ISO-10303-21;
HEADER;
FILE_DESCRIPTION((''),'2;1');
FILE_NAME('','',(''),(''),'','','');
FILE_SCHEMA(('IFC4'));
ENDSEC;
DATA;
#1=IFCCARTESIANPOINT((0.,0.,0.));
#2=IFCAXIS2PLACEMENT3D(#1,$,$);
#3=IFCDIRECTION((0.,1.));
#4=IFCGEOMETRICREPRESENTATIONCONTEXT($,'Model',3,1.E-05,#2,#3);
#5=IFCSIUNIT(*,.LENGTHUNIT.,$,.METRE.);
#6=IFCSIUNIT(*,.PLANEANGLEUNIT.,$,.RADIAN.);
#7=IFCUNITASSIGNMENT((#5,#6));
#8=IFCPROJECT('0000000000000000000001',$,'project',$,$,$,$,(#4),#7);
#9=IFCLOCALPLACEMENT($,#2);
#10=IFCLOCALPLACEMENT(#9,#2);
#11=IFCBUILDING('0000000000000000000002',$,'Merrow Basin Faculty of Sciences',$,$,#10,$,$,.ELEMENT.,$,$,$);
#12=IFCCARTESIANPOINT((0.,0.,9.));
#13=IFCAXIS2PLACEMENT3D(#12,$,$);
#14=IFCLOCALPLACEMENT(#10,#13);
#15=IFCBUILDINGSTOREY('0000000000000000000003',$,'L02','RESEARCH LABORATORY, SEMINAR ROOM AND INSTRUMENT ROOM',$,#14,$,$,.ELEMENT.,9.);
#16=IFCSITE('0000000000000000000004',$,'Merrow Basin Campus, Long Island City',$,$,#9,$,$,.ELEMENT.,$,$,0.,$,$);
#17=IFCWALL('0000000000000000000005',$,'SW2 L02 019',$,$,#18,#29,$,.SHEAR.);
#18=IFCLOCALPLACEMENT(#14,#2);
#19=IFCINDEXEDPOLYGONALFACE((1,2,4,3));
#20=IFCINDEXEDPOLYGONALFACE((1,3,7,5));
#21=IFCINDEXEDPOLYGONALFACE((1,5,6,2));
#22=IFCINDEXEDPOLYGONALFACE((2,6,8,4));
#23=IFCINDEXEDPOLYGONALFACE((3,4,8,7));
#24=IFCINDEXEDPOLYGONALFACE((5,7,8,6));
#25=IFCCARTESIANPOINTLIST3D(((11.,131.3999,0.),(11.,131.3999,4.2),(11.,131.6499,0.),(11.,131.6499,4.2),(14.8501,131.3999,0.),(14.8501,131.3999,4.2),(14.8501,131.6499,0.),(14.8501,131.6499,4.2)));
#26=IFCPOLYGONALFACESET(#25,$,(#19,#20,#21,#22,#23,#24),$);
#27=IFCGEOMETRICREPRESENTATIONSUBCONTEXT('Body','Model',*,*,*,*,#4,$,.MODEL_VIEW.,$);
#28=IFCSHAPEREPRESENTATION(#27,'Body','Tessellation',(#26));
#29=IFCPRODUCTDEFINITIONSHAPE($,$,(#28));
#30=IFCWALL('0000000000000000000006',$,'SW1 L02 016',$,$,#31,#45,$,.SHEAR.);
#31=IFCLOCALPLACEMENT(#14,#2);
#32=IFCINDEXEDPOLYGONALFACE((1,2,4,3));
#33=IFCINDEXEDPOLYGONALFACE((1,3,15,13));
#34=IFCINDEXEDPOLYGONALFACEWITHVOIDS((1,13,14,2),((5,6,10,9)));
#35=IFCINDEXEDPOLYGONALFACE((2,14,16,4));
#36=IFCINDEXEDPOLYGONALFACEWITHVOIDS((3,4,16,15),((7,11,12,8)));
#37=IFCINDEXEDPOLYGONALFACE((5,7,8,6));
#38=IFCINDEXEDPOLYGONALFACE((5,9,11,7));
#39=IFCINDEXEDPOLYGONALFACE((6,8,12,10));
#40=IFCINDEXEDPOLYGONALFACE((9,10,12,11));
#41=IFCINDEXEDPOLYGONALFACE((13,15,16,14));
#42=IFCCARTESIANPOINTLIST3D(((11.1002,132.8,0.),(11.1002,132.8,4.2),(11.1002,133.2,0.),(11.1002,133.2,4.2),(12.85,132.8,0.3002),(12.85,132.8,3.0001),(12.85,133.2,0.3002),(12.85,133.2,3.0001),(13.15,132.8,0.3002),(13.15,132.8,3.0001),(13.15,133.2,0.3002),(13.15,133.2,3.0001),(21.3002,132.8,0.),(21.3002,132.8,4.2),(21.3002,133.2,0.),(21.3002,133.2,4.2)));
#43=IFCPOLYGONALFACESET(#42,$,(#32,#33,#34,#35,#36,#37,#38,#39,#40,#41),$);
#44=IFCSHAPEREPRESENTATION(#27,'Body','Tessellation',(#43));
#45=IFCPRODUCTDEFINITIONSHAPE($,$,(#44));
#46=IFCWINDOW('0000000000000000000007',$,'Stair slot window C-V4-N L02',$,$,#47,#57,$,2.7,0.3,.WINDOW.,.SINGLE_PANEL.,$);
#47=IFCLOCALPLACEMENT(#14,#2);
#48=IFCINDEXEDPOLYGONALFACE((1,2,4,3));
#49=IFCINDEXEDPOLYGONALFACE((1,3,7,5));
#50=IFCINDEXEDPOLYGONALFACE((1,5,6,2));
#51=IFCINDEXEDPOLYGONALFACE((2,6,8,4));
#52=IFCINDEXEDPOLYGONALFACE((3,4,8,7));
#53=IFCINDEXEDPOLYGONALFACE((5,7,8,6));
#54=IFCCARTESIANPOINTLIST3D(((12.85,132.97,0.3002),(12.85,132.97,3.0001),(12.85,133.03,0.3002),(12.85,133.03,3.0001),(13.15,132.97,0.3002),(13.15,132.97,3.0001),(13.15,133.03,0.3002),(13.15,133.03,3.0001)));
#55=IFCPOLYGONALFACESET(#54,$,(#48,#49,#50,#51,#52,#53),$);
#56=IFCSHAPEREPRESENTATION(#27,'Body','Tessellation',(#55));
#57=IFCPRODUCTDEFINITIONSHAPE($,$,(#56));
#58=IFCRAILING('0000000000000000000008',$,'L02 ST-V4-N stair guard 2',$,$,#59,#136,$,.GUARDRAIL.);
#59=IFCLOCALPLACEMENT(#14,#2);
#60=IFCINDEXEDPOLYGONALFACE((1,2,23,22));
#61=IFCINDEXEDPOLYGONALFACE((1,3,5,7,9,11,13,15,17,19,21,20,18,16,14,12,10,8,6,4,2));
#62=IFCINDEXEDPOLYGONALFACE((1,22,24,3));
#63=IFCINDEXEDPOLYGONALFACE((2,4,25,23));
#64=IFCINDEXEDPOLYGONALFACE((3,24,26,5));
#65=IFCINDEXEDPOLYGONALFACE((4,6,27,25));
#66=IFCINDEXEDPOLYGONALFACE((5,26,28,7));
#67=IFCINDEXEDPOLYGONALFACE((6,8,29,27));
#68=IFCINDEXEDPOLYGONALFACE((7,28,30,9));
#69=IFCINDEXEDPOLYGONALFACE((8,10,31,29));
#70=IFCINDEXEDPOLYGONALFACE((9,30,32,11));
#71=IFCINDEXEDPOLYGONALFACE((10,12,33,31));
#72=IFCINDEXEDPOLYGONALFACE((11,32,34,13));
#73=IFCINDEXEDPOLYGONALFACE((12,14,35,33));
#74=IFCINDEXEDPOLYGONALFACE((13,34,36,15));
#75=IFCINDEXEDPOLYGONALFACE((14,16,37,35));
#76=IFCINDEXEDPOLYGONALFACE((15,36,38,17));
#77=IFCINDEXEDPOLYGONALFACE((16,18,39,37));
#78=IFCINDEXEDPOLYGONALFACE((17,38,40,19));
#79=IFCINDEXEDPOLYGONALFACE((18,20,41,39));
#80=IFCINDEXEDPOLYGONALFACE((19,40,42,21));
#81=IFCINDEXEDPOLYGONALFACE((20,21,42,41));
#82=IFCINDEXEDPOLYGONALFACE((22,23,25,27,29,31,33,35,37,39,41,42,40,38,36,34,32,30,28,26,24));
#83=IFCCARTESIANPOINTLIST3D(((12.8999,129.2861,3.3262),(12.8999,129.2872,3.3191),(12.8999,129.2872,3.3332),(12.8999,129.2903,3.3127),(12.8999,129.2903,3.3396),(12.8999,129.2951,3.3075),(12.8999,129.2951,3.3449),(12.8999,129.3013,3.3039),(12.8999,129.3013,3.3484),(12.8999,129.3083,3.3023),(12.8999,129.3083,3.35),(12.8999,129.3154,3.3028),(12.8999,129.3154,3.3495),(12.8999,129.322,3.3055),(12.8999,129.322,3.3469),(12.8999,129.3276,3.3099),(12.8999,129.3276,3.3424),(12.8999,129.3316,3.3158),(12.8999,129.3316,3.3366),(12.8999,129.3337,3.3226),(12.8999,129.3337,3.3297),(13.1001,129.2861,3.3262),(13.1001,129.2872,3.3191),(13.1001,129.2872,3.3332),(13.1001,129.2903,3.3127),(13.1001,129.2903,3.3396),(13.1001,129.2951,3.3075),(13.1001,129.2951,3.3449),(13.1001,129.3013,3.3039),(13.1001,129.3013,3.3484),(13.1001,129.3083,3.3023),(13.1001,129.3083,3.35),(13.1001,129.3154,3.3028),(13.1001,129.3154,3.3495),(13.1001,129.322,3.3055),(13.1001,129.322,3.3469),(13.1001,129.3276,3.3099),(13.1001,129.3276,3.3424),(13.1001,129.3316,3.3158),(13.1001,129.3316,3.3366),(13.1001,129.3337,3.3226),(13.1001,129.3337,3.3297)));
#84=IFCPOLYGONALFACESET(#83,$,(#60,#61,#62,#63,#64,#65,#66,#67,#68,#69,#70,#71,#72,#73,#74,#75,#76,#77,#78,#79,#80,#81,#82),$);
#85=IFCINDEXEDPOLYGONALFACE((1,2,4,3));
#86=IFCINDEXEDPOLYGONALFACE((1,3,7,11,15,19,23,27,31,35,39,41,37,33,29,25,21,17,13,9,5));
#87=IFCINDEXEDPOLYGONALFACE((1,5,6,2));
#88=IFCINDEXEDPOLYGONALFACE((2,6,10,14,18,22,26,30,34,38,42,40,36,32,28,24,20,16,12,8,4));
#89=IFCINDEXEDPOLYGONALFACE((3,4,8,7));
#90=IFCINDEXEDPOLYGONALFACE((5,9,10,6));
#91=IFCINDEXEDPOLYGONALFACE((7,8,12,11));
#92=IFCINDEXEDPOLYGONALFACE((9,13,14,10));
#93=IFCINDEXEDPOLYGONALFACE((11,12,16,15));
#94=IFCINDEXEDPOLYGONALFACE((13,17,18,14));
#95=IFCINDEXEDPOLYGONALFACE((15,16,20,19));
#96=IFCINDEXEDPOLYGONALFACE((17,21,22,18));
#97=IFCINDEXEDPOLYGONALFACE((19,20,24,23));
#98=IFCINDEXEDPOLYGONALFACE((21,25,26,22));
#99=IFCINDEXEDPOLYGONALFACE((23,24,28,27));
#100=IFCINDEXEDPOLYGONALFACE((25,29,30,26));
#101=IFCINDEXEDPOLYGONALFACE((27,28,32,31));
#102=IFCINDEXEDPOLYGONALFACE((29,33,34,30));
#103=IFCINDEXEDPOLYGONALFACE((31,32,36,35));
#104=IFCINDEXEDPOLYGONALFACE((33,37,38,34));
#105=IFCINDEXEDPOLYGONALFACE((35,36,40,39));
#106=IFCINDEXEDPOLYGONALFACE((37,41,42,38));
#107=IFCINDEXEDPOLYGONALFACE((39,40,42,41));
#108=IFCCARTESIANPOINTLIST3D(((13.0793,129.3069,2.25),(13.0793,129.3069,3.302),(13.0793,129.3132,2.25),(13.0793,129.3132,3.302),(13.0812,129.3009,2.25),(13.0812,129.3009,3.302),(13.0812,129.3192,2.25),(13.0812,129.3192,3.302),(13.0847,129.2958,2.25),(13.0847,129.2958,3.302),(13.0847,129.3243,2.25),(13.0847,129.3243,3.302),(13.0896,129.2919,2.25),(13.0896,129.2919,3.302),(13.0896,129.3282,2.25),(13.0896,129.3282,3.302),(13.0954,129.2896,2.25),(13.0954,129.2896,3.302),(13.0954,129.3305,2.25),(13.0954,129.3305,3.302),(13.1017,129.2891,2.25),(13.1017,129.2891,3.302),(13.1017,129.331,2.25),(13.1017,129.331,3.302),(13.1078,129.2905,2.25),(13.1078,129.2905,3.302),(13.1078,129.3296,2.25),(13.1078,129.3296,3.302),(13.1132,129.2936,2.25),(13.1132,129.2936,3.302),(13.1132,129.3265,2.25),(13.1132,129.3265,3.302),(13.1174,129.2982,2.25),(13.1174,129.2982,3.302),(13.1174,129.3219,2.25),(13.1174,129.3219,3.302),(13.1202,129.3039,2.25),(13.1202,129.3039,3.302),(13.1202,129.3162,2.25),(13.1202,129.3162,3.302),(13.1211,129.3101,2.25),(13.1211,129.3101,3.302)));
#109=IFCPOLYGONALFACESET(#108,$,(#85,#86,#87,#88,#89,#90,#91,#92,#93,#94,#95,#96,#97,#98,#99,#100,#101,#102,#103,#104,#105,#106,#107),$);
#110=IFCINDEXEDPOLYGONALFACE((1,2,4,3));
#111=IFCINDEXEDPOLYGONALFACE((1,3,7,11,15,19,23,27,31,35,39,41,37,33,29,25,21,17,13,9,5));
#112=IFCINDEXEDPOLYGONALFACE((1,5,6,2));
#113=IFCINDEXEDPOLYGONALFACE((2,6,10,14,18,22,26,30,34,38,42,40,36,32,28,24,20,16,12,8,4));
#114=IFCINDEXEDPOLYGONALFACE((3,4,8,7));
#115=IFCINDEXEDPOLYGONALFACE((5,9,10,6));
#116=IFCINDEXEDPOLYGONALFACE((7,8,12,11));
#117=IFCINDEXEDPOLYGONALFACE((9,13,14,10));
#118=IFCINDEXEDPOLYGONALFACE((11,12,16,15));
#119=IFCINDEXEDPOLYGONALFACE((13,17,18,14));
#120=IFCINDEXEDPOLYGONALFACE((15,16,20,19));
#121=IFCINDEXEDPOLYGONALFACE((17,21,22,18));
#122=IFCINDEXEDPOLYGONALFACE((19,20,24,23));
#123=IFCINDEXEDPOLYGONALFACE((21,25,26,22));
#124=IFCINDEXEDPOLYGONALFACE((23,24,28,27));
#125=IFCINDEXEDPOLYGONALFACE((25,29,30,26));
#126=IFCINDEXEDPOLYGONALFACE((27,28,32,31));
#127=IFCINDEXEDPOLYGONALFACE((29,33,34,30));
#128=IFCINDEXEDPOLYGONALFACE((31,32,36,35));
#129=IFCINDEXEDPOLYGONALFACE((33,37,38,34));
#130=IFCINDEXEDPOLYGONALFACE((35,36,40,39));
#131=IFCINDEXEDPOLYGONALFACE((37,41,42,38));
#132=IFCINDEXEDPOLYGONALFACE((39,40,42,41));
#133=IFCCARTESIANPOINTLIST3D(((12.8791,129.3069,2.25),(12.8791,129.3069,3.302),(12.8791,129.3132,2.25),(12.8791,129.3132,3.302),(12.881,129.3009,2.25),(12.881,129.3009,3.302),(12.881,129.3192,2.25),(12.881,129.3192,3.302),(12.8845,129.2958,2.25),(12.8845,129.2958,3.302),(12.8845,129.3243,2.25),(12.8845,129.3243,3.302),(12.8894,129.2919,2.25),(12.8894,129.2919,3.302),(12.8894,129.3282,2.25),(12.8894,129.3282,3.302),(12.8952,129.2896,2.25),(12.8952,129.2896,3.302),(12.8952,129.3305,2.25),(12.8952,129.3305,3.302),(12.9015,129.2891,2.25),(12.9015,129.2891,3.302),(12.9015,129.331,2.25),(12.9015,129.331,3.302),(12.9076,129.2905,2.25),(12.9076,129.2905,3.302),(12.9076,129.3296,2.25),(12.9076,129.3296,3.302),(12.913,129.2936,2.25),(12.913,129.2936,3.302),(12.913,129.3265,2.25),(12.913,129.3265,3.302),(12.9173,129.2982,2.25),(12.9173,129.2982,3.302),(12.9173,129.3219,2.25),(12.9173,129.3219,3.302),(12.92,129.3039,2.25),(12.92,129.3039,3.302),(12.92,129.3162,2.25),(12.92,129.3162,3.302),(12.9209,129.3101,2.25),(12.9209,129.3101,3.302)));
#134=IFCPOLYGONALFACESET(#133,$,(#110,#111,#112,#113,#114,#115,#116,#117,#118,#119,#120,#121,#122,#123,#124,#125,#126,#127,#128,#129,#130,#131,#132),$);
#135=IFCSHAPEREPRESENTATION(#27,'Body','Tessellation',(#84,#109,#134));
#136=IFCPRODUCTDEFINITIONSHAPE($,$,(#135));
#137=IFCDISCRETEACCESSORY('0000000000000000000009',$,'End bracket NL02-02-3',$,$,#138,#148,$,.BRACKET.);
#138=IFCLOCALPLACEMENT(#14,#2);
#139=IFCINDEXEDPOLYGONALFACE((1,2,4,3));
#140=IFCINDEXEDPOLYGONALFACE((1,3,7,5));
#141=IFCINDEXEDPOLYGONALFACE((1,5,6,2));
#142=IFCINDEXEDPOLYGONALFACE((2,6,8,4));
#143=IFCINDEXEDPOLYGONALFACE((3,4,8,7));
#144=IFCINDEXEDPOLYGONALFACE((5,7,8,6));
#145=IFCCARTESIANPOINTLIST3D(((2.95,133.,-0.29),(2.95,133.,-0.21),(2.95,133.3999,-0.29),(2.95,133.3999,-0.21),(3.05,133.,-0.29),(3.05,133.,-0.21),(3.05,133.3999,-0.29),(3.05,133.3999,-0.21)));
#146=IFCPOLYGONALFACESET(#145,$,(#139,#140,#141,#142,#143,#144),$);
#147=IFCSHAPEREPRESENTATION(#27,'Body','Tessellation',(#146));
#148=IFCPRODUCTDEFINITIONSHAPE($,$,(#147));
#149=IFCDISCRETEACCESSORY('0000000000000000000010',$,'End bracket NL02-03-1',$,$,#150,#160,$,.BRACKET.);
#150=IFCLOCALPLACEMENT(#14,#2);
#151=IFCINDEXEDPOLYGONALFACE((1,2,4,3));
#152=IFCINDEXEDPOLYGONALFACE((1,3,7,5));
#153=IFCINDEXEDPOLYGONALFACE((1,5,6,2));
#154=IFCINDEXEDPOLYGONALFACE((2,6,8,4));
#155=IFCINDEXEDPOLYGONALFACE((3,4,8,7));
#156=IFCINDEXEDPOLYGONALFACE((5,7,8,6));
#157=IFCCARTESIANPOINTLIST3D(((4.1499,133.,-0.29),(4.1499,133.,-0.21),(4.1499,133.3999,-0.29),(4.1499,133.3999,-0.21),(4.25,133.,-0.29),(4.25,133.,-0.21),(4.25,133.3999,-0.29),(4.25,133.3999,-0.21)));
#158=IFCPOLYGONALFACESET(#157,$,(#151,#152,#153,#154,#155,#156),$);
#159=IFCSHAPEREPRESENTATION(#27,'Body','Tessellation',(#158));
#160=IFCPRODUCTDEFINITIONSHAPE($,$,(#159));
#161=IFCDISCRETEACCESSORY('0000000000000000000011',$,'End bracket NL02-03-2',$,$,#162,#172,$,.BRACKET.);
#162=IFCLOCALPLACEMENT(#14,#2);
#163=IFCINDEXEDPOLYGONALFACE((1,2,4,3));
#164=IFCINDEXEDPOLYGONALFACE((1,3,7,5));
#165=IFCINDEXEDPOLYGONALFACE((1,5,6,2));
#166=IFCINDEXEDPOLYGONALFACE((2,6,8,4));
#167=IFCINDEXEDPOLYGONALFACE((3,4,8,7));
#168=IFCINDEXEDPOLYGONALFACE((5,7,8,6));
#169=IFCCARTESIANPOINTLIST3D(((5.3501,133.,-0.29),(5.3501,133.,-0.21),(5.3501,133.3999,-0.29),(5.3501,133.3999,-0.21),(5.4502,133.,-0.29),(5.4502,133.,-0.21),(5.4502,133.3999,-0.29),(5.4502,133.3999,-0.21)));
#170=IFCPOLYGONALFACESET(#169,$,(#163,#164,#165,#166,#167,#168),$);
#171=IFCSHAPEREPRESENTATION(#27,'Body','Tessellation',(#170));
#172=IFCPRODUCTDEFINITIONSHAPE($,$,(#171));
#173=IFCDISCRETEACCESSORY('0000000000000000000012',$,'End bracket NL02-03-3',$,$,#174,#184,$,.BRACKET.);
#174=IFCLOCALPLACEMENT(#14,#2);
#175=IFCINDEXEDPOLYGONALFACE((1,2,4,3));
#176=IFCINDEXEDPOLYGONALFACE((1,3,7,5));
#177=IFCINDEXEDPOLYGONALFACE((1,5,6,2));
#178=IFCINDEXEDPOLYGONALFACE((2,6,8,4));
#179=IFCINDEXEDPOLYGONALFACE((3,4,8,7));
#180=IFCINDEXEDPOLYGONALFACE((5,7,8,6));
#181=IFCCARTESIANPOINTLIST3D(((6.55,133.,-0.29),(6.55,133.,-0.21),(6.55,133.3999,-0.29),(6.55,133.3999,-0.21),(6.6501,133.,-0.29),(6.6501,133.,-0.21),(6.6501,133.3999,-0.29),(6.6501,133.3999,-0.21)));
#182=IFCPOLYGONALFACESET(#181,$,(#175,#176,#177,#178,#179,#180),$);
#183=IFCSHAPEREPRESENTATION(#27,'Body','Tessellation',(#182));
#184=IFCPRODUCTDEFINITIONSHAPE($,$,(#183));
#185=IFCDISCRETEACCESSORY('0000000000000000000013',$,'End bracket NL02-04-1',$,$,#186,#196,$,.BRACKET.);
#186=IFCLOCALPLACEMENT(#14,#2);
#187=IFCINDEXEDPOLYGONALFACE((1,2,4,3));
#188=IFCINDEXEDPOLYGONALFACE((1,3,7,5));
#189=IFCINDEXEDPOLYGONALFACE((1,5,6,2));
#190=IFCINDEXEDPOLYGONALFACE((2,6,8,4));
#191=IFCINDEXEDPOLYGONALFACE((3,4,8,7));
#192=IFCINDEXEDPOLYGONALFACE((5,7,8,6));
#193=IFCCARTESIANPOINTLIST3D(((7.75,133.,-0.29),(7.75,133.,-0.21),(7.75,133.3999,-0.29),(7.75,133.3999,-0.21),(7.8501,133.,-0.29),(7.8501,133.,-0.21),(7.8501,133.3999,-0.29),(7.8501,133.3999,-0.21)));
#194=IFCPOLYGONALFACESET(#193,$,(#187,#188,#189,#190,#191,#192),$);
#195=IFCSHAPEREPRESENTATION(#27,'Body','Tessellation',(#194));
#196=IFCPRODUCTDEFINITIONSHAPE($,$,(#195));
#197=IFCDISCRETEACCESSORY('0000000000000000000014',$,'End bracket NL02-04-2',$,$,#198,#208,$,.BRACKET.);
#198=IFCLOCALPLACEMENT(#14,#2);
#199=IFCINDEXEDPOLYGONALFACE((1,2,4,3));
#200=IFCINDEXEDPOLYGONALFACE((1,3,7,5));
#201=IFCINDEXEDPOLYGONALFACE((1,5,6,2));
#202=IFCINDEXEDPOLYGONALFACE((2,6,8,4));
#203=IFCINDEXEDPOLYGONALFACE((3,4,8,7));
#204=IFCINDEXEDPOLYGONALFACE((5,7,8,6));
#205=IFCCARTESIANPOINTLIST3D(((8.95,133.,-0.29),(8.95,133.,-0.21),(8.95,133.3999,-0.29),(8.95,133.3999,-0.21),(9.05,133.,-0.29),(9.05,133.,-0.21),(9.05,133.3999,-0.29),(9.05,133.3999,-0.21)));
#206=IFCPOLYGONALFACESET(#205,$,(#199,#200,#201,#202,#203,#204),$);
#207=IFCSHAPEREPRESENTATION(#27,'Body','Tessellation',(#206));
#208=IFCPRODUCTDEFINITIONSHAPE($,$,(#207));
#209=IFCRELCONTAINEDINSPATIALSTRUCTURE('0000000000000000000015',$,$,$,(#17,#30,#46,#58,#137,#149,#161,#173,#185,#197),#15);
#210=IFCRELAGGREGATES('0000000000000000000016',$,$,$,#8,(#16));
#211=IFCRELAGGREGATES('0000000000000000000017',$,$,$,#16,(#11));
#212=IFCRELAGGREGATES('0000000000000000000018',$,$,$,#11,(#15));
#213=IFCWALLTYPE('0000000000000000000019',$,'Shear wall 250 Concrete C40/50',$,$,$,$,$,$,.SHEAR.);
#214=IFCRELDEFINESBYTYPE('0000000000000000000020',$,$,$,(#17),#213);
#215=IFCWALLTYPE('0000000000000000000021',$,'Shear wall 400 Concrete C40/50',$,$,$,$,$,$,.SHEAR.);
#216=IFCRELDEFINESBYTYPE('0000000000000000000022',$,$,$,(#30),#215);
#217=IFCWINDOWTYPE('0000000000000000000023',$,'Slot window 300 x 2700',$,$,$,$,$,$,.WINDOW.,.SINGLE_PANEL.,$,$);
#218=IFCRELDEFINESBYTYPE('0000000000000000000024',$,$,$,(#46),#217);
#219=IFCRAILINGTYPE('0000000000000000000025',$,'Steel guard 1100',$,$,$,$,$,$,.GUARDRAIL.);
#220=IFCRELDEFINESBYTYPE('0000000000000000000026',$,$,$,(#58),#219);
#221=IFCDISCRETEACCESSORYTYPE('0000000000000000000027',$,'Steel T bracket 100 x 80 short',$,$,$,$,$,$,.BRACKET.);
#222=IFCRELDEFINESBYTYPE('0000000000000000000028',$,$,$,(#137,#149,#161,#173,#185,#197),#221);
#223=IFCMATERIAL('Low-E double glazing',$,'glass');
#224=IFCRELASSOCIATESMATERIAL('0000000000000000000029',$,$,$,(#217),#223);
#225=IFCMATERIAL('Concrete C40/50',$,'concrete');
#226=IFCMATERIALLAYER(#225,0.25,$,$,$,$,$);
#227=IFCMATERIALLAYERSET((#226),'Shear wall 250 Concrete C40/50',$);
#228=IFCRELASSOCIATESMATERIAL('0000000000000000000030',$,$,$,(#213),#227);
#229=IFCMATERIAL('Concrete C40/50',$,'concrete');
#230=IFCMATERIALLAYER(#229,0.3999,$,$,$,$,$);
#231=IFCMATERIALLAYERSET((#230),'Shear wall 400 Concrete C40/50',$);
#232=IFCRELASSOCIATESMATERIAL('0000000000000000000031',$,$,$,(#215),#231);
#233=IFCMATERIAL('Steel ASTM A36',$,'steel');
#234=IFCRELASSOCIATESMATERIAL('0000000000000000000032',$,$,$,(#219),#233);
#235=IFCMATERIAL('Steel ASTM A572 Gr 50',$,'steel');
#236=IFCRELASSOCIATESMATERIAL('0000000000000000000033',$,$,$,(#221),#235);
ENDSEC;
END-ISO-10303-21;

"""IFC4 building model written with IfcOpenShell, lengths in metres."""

from ifc_helpers import new_model, si_unit, direction, frame, frame_2d, origin, origin_2d, place, context, subcontext, project, spatial, polyline, rectangle, circle, outline, extrude, source, transform, mapped, material, layer, layer_set, type_object, element, fill, save


model = new_model("IFC4")

# Units and contexts
model_context = context("Model", 3, precision=1e-05, world=origin(), true_north=direction((0.0, 1.0)))
body_context = subcontext(model_context, "Body", "Model", "MODEL_VIEW")
ifc_project = project(units=[si_unit("LENGTHUNIT", "METRE"), si_unit("PLANEANGLEUNIT", "RADIAN")], contexts=[model_context])

# Site, building, storey
site_placement = place(None, origin())
site = spatial("IfcSite", under=ifc_project, at=site_placement, Name="Merrow Basin Campus, Long Island City", CompositionType="ELEMENT", RefElevation=0.0)
building_placement = place(site_placement, origin())
building = spatial("IfcBuilding", under=site, at=building_placement, Name="Merrow Basin Faculty of Sciences", CompositionType="ELEMENT")
storey_placement = place(building_placement, frame((0.0, 0.0, 9.0)))
storey = spatial("IfcBuildingStorey", under=building, at=storey_placement, Name="L02", Description="RESEARCH LABORATORY, SEMINAR ROOM AND INSTRUMENT ROOM", CompositionType="ELEMENT", Elevation=9.0)

# Shared definitions
ifc_material_1 = material(Name="Low-E double glazing", Category="glass")
window_type = type_object("IfcWindowType", Name="Slot window 300 x 2700", PartitioningType="SINGLE_PANEL", PredefinedType="WINDOW", material=ifc_material_1)

# Wall
ifc_material_2 = material(Name="Concrete C40/50", Category="concrete")
ifc_layer_1 = layer(ifc_material_2, 0.25)
ifc_layer_set_1 = layer_set([ifc_layer_1], Name="Shear wall 250 Concrete C40/50")
wall_type_1 = type_object("IfcWallType", Name="Shear wall 250 Concrete C40/50", PredefinedType="SHEAR", material=ifc_layer_set_1)
wall_1_placement = place(storey_placement, frame((11.0, 131.5249, 0.0), z_axis=(0.0, 0.0, 1.0), x_axis=(1.0, 0.0, 0.0)))
element("IfcWall", 1, at=wall_1_placement, inside=storey, type_object=wall_type_1, Name="SW2 L02 019", PredefinedType="SHEAR", context=body_context, shape_type="SweptSolid", body=[
    extrude(rectangle(XDim=3.8501, YDim=0.25, at=frame_2d((1.925, 0.0))), origin(), (0.0, 0.0, 1.0), 4.2),
])

# Wall, opening, window
ifc_material_3 = material(Name="Concrete C40/50", Category="concrete")
ifc_layer_2 = layer(ifc_material_3, 0.3999)
ifc_layer_set_2 = layer_set([ifc_layer_2], Name="Shear wall 400 Concrete C40/50")
wall_type_2 = type_object("IfcWallType", Name="Shear wall 400 Concrete C40/50", PredefinedType="SHEAR", material=ifc_layer_set_2)
wall_2_placement = place(storey_placement, frame((11.1001, 133.0, 0.0), z_axis=(0.0, 0.0, 1.0), x_axis=(1.0, 0.0, 0.0)))
wall_2 = element("IfcWall", 2, at=wall_2_placement, inside=storey, type_object=wall_type_2, Name="SW1 L02 016", PredefinedType="SHEAR", context=body_context, shape_type="SweptSolid", body=[
    extrude(rectangle(XDim=10.2, YDim=0.3999, at=frame_2d((5.1001, 0.0))), origin(), (0.0, 0.0, 1.0), 4.2),
])
opening_1_placement = place(wall_2_placement, frame((1.75, 0.0, 0.3)))
opening_1 = element("IfcOpeningElement", 3, at=opening_1_placement, cuts=wall_2, PredefinedType="OPENING", context=body_context, shape_type="SweptSolid", body=[
    extrude(rectangle(XDim=0.3, YDim=2.7, at=frame_2d((0.1499, 1.3501))), frame((0.0, 0.21, 0.0), z_axis=(0.0, -1.0, 0.0), x_axis=(1.0, 0.0, 0.0)), (0.0, 0.0, 1.0), 0.4199),
])
window_1_placement = place(opening_1_placement, origin())
window_1 = element("IfcWindow", 4, at=window_1_placement, inside=storey, type_object=window_type, Name="Stair slot window C-V4-N L02", OverallHeight=2.7, OverallWidth=0.3, PartitioningType="SINGLE_PANEL", PredefinedType="WINDOW", context=body_context, shape_type="SweptSolid", body=[
    extrude(rectangle(XDim=0.3, YDim=2.7, at=frame_2d((0.1499, 1.3501))), frame((0.0, 0.03, 0.0), z_axis=(0.0, -1.0, 0.0), x_axis=(1.0, 0.0, 0.0)), (0.0, 0.0, 1.0), 0.0601),
])
fill(opening_1, window_1)

# Railing
ifc_material_4 = material(Name="Steel ASTM A36", Category="steel")
railing_type = type_object("IfcRailingType", Name="Steel guard 1100", PredefinedType="GUARDRAIL", material=ifc_material_4)
railing_placement = place(storey_placement, frame((13.1001, 129.3101, 2.25)))
element("IfcRailing", 5, at=railing_placement, inside=storey, type_object=railing_type, Name="L02 ST-V4-N stair guard 2", PredefinedType="GUARDRAIL", context=body_context, shape_type="SweptSolid", body=[
    extrude(circle(Radius=0.0239, at=origin_2d()), frame((0.0, 0.0, 1.0762), z_axis=(-1.0, 0.0, 0.0), x_axis=(0.0, -1.0, 0.0)), (0.0, 0.0, 1.0), 0.2002),
    extrude(circle(Radius=0.021, at=origin_2d()), origin(), (0.0, 0.0, 1.0), 1.052),
    extrude(circle(Radius=0.021, at=origin_2d()), frame((-0.2002, 0.0, 0.0)), (0.0, 0.0, 1.0), 1.052),
])

# Discrete accessories
ifc_material_5 = material(Name="Steel ASTM A572 Gr 50", Category="steel")
discrete_accessory_type = type_object("IfcDiscreteAccessoryType", Name="Steel T bracket 100 x 80 short", PredefinedType="BRACKET", material=ifc_material_5)
shared_shape = source(origin(), body_context, "Body", "SweptSolid", [
    extrude(outline(polyline([(0.0, 0.0), (0.1001, 0.0), (0.1001, 0.0801), (0.0, 0.0801), (0.0, 0.0)])), origin(), (0.0, 0.0, 1.0), 0.3999),
])
for number, where, z_axis, x_axis, name in (
    (6, (2.95, 133.3999, -0.29), (0.0, -1.0, 0.0), (1.0, 0.0, 0.0), "End bracket NL02-02-3"),
    (7, (4.1499, 133.3999, -0.29), (0.0, -1.0, 0.0), (1.0, 0.0, 0.0), "End bracket NL02-03-1"),
    (8, (5.3501, 133.3999, -0.29), (0.0, -1.0, 0.0), (1.0, 0.0, 0.0), "End bracket NL02-03-2"),
    (9, (6.55, 133.3999, -0.29), (0.0, -1.0, 0.0), (1.0, 0.0, 0.0), "End bracket NL02-03-3"),
    (10, (7.75, 133.3999, -0.29), (0.0, -1.0, 0.0), (1.0, 0.0, 0.0), "End bracket NL02-04-1"),
    (11, (8.95, 133.3999, -0.29), (0.0, -1.0, 0.0), (1.0, 0.0, 0.0), "End bracket NL02-04-2"),
):
    element("IfcDiscreteAccessory", number, at=place(storey_placement, frame(where, z_axis=z_axis, x_axis=x_axis)), inside=storey, type_object=discrete_accessory_type, Name=name, PredefinedType="BRACKET", context=body_context, shape_type="MappedRepresentation", body=[
        mapped(shared_shape, transform((0.0, 0.0, 0.0), scale=1.0)),
    ])

save(model, "model.ifc")
